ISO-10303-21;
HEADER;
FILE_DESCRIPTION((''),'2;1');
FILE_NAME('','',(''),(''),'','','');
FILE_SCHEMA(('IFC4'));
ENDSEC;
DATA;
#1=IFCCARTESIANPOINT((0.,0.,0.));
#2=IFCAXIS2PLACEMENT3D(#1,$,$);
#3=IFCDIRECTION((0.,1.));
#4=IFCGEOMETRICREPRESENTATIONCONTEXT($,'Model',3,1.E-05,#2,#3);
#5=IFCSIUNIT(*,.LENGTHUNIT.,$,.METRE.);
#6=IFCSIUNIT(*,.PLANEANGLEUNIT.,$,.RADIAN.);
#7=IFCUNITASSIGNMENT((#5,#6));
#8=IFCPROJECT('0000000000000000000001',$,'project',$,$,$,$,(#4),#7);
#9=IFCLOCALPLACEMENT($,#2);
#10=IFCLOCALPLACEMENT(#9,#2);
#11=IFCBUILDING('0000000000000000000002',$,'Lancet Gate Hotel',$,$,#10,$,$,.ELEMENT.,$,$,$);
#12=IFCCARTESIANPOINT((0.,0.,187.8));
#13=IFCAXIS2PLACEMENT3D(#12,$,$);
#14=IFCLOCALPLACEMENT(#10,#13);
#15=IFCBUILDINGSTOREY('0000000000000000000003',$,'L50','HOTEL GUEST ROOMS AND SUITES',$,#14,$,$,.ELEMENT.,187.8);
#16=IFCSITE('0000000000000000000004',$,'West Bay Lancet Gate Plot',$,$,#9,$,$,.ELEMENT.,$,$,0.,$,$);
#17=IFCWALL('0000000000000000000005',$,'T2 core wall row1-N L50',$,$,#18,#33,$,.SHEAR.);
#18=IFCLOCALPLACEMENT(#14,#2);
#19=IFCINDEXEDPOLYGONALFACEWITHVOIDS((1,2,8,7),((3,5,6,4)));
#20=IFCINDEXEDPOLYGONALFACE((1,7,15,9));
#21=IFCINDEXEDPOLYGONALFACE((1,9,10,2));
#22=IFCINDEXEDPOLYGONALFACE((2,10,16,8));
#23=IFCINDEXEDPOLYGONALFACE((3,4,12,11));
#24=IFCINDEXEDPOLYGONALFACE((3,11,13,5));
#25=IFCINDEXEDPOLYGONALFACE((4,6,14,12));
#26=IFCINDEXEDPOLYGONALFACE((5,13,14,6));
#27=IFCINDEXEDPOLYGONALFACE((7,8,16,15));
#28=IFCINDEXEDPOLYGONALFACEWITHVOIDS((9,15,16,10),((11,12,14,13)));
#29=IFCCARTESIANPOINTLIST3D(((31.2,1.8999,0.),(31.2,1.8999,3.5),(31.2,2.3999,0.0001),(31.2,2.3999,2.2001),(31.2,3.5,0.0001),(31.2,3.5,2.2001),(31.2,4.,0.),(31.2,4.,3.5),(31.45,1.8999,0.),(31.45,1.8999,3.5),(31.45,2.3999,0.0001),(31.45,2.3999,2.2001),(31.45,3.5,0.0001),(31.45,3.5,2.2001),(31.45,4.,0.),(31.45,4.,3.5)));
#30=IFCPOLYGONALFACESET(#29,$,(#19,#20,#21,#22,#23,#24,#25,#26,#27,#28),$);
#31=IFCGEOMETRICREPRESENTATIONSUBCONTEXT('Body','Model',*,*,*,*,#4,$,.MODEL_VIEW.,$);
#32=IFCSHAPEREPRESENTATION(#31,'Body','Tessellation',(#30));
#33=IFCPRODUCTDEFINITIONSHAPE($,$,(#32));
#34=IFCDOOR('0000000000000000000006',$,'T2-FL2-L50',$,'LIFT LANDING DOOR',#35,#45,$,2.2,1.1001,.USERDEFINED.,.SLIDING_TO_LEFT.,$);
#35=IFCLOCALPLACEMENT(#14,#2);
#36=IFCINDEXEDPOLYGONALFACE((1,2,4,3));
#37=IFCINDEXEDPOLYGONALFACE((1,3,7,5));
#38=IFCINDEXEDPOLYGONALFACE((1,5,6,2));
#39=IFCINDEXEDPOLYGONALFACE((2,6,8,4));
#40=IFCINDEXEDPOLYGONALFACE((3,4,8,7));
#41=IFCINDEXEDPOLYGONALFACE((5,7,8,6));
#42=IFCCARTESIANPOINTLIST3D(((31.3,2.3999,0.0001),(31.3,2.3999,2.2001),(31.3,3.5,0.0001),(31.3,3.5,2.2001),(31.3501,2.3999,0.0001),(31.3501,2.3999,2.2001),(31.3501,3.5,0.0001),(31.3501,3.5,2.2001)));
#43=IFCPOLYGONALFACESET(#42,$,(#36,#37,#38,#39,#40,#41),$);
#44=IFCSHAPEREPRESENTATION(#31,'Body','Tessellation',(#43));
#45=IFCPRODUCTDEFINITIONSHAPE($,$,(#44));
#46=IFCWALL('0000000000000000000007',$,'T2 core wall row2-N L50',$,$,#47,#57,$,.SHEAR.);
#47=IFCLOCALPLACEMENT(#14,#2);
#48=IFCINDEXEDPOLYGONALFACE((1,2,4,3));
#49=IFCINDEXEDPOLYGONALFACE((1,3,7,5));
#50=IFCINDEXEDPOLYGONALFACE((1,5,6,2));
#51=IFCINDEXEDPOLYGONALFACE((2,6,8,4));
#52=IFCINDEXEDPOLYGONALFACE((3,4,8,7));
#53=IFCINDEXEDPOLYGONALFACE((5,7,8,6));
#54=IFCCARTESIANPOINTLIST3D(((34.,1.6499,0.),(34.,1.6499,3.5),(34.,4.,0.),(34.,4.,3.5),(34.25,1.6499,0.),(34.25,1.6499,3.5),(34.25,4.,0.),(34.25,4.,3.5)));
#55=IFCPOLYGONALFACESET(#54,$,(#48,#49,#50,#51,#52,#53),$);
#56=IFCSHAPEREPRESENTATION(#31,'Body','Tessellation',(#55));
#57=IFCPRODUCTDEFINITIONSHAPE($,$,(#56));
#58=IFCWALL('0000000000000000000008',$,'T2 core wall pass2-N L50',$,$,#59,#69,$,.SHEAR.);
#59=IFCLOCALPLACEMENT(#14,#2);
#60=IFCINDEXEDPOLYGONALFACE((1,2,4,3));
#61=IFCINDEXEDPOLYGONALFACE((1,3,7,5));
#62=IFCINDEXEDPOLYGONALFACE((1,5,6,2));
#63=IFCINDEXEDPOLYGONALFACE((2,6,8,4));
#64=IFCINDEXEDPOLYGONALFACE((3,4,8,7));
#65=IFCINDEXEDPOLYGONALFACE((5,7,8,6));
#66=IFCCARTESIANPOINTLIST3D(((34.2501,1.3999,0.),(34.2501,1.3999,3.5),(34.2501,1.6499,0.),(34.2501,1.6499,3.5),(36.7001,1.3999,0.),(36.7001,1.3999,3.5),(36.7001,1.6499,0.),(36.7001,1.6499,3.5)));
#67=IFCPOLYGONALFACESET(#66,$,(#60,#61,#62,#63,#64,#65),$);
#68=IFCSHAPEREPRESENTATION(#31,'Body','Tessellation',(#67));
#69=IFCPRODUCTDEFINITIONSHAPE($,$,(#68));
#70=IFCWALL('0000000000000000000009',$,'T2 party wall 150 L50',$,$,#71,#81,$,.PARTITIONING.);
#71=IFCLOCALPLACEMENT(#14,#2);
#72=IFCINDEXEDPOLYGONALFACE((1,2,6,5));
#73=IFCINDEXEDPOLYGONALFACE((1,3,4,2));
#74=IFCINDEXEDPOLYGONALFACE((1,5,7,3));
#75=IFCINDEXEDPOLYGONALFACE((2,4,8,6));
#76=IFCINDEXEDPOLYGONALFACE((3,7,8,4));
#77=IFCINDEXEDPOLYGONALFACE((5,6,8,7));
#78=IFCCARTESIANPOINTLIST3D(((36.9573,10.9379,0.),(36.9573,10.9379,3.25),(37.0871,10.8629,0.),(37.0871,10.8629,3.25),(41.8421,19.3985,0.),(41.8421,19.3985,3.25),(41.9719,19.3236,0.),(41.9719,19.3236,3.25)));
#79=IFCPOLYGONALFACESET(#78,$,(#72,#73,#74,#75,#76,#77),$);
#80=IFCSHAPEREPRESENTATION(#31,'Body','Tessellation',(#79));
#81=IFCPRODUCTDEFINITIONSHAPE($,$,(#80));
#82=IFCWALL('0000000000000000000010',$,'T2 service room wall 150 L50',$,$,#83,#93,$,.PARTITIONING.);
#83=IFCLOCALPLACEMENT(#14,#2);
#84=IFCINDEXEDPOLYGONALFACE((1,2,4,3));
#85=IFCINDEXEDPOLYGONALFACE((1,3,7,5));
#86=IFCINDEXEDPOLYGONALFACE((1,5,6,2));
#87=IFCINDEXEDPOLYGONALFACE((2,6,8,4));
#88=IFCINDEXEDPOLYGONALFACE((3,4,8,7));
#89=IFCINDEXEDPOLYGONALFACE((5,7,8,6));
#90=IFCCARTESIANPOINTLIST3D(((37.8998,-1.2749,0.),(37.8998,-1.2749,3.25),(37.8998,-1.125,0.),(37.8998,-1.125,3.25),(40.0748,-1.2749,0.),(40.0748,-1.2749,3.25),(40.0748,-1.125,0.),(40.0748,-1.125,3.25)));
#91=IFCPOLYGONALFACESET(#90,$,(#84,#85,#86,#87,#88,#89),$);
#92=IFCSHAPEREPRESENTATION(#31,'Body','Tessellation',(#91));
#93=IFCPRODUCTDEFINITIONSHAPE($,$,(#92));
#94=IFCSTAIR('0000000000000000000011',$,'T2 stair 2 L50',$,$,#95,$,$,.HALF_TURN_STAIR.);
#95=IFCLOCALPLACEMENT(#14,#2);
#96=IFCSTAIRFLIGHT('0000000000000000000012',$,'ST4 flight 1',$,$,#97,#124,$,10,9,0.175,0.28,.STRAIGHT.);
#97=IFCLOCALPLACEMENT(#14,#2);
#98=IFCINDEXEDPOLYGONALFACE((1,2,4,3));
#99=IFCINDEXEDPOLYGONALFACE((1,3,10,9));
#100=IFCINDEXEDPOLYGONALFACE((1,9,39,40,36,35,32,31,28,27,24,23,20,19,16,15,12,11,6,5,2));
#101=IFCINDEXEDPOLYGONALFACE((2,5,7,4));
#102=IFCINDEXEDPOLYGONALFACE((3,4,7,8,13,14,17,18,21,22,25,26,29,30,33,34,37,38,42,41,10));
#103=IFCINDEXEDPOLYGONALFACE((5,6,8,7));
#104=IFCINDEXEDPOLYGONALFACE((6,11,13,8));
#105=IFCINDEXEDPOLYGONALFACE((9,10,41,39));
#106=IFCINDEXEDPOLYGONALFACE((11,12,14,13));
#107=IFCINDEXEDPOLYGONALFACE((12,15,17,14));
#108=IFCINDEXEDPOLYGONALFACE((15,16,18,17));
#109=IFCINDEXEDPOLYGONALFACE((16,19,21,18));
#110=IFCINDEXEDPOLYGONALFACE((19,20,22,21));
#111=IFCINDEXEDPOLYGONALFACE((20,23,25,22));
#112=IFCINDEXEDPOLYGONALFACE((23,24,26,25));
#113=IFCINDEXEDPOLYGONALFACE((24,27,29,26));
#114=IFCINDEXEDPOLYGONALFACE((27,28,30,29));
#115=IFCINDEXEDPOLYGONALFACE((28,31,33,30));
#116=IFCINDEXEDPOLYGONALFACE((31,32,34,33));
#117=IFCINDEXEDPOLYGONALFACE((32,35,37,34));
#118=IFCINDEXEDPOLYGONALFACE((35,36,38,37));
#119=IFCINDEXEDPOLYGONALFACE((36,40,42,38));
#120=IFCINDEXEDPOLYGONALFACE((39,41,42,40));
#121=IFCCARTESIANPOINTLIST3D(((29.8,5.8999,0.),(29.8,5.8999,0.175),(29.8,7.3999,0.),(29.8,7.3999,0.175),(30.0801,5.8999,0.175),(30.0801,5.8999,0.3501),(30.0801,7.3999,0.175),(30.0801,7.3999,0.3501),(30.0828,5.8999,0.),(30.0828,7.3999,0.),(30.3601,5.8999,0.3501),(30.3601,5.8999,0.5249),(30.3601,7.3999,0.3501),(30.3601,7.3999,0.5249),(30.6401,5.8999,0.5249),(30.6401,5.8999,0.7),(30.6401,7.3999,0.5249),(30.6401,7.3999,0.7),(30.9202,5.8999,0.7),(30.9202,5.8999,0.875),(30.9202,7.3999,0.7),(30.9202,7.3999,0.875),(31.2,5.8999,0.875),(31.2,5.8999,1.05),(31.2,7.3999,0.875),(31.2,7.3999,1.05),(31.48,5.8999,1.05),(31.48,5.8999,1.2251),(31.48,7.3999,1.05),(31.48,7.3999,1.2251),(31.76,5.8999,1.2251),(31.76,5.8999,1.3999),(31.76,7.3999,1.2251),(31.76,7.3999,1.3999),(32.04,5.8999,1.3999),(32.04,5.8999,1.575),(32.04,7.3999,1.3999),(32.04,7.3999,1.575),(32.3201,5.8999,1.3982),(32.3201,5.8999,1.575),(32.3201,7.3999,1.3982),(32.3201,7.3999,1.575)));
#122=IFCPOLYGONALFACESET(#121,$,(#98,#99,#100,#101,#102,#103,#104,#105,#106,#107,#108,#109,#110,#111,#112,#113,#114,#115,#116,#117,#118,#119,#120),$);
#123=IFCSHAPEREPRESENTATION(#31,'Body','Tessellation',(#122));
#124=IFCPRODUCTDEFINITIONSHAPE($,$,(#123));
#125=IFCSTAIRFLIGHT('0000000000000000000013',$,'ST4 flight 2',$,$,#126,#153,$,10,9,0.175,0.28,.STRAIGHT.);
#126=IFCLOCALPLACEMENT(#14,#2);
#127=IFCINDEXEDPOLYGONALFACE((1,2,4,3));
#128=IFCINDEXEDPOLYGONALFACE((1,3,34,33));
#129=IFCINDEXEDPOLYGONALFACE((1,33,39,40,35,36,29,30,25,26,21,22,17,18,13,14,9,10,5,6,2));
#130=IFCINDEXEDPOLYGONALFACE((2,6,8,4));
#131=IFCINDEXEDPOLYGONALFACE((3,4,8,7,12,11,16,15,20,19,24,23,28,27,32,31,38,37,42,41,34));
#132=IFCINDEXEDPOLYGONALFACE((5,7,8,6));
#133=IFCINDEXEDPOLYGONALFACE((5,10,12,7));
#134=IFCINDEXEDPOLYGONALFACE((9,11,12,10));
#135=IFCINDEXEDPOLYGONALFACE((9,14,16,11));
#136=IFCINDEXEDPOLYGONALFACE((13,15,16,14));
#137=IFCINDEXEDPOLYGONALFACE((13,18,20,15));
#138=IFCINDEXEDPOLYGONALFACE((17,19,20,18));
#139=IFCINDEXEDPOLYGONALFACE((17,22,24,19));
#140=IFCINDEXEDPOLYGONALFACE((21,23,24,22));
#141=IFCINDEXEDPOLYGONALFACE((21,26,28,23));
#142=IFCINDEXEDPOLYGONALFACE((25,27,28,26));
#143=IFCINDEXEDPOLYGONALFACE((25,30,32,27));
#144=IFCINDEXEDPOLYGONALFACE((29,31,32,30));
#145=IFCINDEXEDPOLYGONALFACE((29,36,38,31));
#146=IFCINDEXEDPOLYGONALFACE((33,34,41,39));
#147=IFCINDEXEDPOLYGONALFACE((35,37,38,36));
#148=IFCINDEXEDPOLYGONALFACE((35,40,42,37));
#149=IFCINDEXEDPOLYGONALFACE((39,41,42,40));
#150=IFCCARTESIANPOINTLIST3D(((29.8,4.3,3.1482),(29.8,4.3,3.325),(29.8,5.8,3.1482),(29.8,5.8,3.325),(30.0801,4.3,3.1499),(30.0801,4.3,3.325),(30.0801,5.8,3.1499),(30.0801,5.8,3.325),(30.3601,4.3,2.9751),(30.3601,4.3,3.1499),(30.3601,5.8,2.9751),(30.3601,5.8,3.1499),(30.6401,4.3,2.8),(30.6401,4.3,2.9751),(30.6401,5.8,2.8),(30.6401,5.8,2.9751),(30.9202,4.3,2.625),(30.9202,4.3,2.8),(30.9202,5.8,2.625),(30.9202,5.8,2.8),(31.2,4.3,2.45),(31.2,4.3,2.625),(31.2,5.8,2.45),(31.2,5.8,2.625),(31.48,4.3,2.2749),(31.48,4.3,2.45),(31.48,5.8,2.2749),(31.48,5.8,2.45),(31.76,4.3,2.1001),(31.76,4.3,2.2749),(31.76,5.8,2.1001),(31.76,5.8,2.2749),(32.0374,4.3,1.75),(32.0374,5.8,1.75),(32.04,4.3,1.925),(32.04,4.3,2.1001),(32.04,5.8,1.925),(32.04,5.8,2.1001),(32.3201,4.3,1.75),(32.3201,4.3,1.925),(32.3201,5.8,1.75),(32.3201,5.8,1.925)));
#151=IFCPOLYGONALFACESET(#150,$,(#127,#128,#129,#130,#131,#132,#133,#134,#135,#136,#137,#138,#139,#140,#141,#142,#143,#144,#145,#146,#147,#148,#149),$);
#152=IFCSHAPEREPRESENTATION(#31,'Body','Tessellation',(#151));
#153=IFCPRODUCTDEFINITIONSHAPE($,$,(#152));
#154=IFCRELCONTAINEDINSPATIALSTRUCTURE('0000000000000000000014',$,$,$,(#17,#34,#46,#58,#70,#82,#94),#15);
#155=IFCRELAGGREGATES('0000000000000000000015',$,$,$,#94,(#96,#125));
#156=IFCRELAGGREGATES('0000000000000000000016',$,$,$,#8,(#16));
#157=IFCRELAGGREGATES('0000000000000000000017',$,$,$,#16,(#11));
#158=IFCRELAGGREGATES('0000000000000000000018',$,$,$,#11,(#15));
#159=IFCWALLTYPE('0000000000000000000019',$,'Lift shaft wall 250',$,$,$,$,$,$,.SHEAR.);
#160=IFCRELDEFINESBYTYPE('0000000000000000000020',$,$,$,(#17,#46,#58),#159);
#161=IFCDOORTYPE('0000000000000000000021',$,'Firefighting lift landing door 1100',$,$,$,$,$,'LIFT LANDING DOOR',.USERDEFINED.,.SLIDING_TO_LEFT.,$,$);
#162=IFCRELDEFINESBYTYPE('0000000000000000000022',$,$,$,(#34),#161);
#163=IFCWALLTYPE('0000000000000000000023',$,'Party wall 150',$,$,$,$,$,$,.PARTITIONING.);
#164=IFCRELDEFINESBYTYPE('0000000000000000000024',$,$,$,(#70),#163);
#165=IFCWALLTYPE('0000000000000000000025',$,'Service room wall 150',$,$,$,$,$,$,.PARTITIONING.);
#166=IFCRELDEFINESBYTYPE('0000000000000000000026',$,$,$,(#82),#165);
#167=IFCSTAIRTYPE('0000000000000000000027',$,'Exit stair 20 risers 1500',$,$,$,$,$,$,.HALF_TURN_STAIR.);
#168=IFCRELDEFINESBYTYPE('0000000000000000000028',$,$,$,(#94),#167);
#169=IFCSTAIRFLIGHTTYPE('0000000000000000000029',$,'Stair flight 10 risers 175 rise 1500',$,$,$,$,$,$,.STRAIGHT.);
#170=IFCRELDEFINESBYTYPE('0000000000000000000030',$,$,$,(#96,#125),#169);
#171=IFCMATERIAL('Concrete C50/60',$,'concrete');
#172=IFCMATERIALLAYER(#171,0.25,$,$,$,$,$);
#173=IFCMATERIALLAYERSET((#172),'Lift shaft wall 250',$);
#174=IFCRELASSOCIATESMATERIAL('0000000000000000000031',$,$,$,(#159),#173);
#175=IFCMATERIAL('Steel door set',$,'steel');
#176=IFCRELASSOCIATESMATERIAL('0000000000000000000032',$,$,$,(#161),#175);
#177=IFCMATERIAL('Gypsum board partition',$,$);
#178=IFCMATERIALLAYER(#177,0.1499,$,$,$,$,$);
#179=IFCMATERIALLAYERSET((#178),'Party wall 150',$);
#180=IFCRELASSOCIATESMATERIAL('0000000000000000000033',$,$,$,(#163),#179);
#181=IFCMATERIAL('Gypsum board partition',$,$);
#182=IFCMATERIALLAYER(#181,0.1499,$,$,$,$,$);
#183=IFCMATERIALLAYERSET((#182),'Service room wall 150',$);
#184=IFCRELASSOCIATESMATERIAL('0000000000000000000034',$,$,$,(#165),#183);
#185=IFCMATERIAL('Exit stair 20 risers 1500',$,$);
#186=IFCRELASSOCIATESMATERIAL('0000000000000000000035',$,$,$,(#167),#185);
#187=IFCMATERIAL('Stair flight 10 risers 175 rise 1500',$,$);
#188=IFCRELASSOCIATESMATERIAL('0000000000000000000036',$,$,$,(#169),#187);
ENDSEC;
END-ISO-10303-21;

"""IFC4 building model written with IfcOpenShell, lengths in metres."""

from ifc_helpers import new_model, si_unit, direction, frame, frame_2d, origin, place, context, subcontext, project, spatial, polyline, rectangle, outline, extrude, material, layer, layer_set, type_object, element, fill, aggregate, save


model = new_model("IFC4")

# Units and contexts
model_context = context("Model", 3, precision=1e-05, world=origin(), true_north=direction((0.0, 1.0)))
body_context = subcontext(model_context, "Body", "Model", "MODEL_VIEW")
ifc_project = project(units=[si_unit("LENGTHUNIT", "METRE"), si_unit("PLANEANGLEUNIT", "RADIAN")], contexts=[model_context])

# Site, building, storey
site_placement = place(None, origin())
site = spatial("IfcSite", under=ifc_project, at=site_placement, Name="West Bay Lancet Gate Plot", CompositionType="ELEMENT", RefElevation=0.0)
building_placement = place(site_placement, origin())
building = spatial("IfcBuilding", under=site, at=building_placement, Name="Lancet Gate Hotel", CompositionType="ELEMENT")
storey_placement = place(building_placement, frame((0.0, 0.0, 187.8)))
storey = spatial("IfcBuildingStorey", under=building, at=storey_placement, Name="L50", Description="HOTEL GUEST ROOMS AND SUITES", CompositionType="ELEMENT", Elevation=187.8)

# Wall, opening, door
ifc_material_1 = material(Name="Concrete C50/60", Category="concrete")
ifc_layer_1 = layer(ifc_material_1, 0.25)
ifc_layer_set_1 = layer_set([ifc_layer_1], Name="Lift shaft wall 250")
wall_type_1 = type_object("IfcWallType", Name="Lift shaft wall 250", PredefinedType="SHEAR", material=ifc_layer_set_1)
wall_1_placement = place(storey_placement, frame((31.325, 1.8999, 0.0), z_axis=(0.0, 0.0, 1.0), x_axis=(0.0, 1.0, 0.0)))
wall_1 = element("IfcWall", 1, at=wall_1_placement, inside=storey, type_object=wall_type_1, Name="T2 core wall row1-N L50", PredefinedType="SHEAR", context=body_context, shape_type="SweptSolid", body=[
    extrude(rectangle(XDim=2.1001, YDim=0.25, at=frame_2d((1.05, 0.0))), origin(), (0.0, 0.0, 1.0), 3.5),
])
opening_1_placement = place(wall_1_placement, frame((0.5, 0.0, 0.0)))
opening_1 = element("IfcOpeningElement", 2, at=opening_1_placement, cuts=wall_1, PredefinedType="OPENING", context=body_context, shape_type="SweptSolid", body=[
    extrude(rectangle(XDim=1.1001, YDim=2.2, at=frame_2d((0.55, 1.1001))), frame((0.0, 0.135, 0.0), z_axis=(0.0, -1.0, 0.0), x_axis=(1.0, 0.0, 0.0)), (0.0, 0.0, 1.0), 0.27),
])
ifc_material_2 = material(Name="Steel door set", Category="steel")
door_type_1 = type_object("IfcDoorType", Name="Firefighting lift landing door 1100", ElementType="LIFT LANDING DOOR", OperationType="SLIDING_TO_LEFT", PredefinedType="USERDEFINED", material=ifc_material_2)
door_1_placement = place(opening_1_placement, origin())
door_1 = element("IfcDoor", 3, at=door_1_placement, inside=storey, type_object=door_type_1, Name="T2-FL2-L50", ObjectType="LIFT LANDING DOOR", OperationType="SLIDING_TO_LEFT", OverallHeight=2.2, OverallWidth=1.1001, PredefinedType="USERDEFINED", context=body_context, shape_type="SweptSolid", body=[
    extrude(rectangle(XDim=1.1001, YDim=2.2, at=frame_2d((0.55, 1.1001))), frame((0.0, 0.0249, 0.0), z_axis=(0.0, -1.0, 0.0), x_axis=(1.0, 0.0, 0.0)), (0.0, 0.0, 1.0), 0.05),
])
fill(opening_1, door_1)

# Walls
wall_2_placement = place(storey_placement, frame((34.125, 1.6499, 0.0), z_axis=(0.0, 0.0, 1.0), x_axis=(0.0, 1.0, 0.0)))
element("IfcWall", 4, at=wall_2_placement, inside=storey, type_object=wall_type_1, Name="T2 core wall row2-N L50", PredefinedType="SHEAR", context=body_context, shape_type="SweptSolid", body=[
    extrude(rectangle(XDim=2.3501, YDim=0.25, at=frame_2d((1.175, 0.0))), origin(), (0.0, 0.0, 1.0), 3.5),
])
wall_3_placement = place(storey_placement, frame((34.25, 1.5249, 0.0), z_axis=(0.0, 0.0, 1.0), x_axis=(1.0, 0.0, 0.0)))
element("IfcWall", 5, at=wall_3_placement, inside=storey, type_object=wall_type_1, Name="T2 core wall pass2-N L50", PredefinedType="SHEAR", context=body_context, shape_type="SweptSolid", body=[
    extrude(rectangle(XDim=2.45, YDim=0.25, at=frame_2d((1.2251, 0.0))), origin(), (0.0, 0.0, 1.0), 3.5),
])
ifc_material_3 = material(Name="Gypsum board partition")
ifc_layer_2 = layer(ifc_material_3, 0.1499)
ifc_layer_set_2 = layer_set([ifc_layer_2], Name="Party wall 150")
wall_type_2 = type_object("IfcWallType", Name="Party wall 150", PredefinedType="PARTITIONING", material=ifc_layer_set_2)
wall_4_placement = place(storey_placement, frame((37.0222, 10.9004, 0.0), z_axis=(0.0, 0.0, 1.0), x_axis=(0.499999, 0.866026, 0.0)))
element("IfcWall", 6, at=wall_4_placement, inside=storey, type_object=wall_type_2, Name="T2 party wall 150 L50", PredefinedType="PARTITIONING", context=body_context, shape_type="SweptSolid", body=[
    extrude(rectangle(XDim=9.7695, YDim=0.1499, at=frame_2d((4.8848, 0.0))), origin(), (0.0, 0.0, 1.0), 3.25),
])
ifc_material_4 = material(Name="Gypsum board partition")
ifc_layer_3 = layer(ifc_material_4, 0.1499)
ifc_layer_set_3 = layer_set([ifc_layer_3], Name="Service room wall 150")
wall_type_3 = type_object("IfcWallType", Name="Service room wall 150", PredefinedType="PARTITIONING", material=ifc_layer_set_3)
wall_5_placement = place(storey_placement, frame((37.8999, -1.2, 0.0), z_axis=(0.0, 0.0, 1.0), x_axis=(1.0, 0.0, 0.0)))
element("IfcWall", 7, at=wall_5_placement, inside=storey, type_object=wall_type_3, Name="T2 service room wall 150 L50", PredefinedType="PARTITIONING", context=body_context, shape_type="SweptSolid", body=[
    extrude(rectangle(XDim=2.175, YDim=0.1499, at=frame_2d((1.0874, 0.0))), origin(), (0.0, 0.0, 1.0), 3.25),
])

# Stair, stair flights
ifc_material_5 = material(Name="Exit stair 20 risers 1500")
stair_type = type_object("IfcStairType", Name="Exit stair 20 risers 1500", PredefinedType="HALF_TURN_STAIR", material=ifc_material_5)
stair_placement = place(storey_placement, origin())
stair = element("IfcStair", 8, at=stair_placement, inside=storey, type_object=stair_type, Name="T2 stair 2 L50", PredefinedType="HALF_TURN_STAIR")
ifc_material_6 = material(Name="Stair flight 10 risers 175 rise 1500")
stair_flight_type = type_object("IfcStairFlightType", Name="Stair flight 10 risers 175 rise 1500", PredefinedType="STRAIGHT", material=ifc_material_6)
stair_flight_1_placement = place(storey_placement, frame((29.8, 6.6499, 0.0), z_axis=(0.0, 0.0, 1.0), x_axis=(1.0, 0.0, 0.0)))
stair_flight_1 = element("IfcStairFlight", 9, at=stair_flight_1_placement, type_object=stair_flight_type, Name="ST4 flight 1", NumberOfRisers=10, NumberOfTreads=9, PredefinedType="STRAIGHT", RiserHeight=0.175, TreadLength=0.28, context=body_context, shape_type="SweptSolid", body=[
    extrude(outline(polyline([(0.0, 0.0), (0.0, 0.175), (0.28, 0.175), (0.28, 0.3501), (0.5601, 0.3501), (0.5601, 0.5249), (0.8401, 0.5249), (0.8401, 0.7), (1.1201, 0.7), (1.1201, 0.875), (1.3999, 0.875), (1.3999, 1.05), (1.6799, 1.05), (1.6799, 1.2251), (1.96, 1.2251), (1.96, 1.3999), (2.24, 1.3999), (2.24, 1.575), (2.52, 1.575), (2.52, 1.75), (2.52, 1.3982), (0.2827, 0.0), (0.0, 0.0)])), frame((0.0, 0.75, 0.0), z_axis=(0.0, -1.0, 0.0), x_axis=(1.0, 0.0, 0.0)), (0.0, 0.0, 1.0), 1.5),
])
stair_flight_2_placement = place(storey_placement, frame((32.3201, 5.05, 1.75), z_axis=(0.0, 0.0, 1.0), x_axis=(-1.0, 0.0, 0.0)))
stair_flight_2 = element("IfcStairFlight", 10, at=stair_flight_2_placement, type_object=stair_flight_type, Name="ST4 flight 2", NumberOfRisers=10, NumberOfTreads=9, PredefinedType="STRAIGHT", RiserHeight=0.175, TreadLength=0.28, context=body_context, shape_type="SweptSolid", body=[
    extrude(outline(polyline([(0.0, 0.0), (0.0, 0.175), (0.28, 0.175), (0.28, 0.3501), (0.5601, 0.3501), (0.5601, 0.5249), (0.8401, 0.5249), (0.8401, 0.7), (1.1201, 0.7), (1.1201, 0.875), (1.3999, 0.875), (1.3999, 1.05), (1.6799, 1.05), (1.6799, 1.2251), (1.96, 1.2251), (1.96, 1.3999), (2.24, 1.3999), (2.24, 1.575), (2.52, 1.575), (2.52, 1.75), (2.52, 1.3982), (0.2827, 0.0), (0.0, 0.0)])), frame((0.0, 0.75, 0.0), z_axis=(0.0, -1.0, 0.0), x_axis=(1.0, 0.0, 0.0)), (0.0, 0.0, 1.0), 1.5),
])
aggregate(stair, [stair_flight_1, stair_flight_2])

save(model, "model.ifc")
